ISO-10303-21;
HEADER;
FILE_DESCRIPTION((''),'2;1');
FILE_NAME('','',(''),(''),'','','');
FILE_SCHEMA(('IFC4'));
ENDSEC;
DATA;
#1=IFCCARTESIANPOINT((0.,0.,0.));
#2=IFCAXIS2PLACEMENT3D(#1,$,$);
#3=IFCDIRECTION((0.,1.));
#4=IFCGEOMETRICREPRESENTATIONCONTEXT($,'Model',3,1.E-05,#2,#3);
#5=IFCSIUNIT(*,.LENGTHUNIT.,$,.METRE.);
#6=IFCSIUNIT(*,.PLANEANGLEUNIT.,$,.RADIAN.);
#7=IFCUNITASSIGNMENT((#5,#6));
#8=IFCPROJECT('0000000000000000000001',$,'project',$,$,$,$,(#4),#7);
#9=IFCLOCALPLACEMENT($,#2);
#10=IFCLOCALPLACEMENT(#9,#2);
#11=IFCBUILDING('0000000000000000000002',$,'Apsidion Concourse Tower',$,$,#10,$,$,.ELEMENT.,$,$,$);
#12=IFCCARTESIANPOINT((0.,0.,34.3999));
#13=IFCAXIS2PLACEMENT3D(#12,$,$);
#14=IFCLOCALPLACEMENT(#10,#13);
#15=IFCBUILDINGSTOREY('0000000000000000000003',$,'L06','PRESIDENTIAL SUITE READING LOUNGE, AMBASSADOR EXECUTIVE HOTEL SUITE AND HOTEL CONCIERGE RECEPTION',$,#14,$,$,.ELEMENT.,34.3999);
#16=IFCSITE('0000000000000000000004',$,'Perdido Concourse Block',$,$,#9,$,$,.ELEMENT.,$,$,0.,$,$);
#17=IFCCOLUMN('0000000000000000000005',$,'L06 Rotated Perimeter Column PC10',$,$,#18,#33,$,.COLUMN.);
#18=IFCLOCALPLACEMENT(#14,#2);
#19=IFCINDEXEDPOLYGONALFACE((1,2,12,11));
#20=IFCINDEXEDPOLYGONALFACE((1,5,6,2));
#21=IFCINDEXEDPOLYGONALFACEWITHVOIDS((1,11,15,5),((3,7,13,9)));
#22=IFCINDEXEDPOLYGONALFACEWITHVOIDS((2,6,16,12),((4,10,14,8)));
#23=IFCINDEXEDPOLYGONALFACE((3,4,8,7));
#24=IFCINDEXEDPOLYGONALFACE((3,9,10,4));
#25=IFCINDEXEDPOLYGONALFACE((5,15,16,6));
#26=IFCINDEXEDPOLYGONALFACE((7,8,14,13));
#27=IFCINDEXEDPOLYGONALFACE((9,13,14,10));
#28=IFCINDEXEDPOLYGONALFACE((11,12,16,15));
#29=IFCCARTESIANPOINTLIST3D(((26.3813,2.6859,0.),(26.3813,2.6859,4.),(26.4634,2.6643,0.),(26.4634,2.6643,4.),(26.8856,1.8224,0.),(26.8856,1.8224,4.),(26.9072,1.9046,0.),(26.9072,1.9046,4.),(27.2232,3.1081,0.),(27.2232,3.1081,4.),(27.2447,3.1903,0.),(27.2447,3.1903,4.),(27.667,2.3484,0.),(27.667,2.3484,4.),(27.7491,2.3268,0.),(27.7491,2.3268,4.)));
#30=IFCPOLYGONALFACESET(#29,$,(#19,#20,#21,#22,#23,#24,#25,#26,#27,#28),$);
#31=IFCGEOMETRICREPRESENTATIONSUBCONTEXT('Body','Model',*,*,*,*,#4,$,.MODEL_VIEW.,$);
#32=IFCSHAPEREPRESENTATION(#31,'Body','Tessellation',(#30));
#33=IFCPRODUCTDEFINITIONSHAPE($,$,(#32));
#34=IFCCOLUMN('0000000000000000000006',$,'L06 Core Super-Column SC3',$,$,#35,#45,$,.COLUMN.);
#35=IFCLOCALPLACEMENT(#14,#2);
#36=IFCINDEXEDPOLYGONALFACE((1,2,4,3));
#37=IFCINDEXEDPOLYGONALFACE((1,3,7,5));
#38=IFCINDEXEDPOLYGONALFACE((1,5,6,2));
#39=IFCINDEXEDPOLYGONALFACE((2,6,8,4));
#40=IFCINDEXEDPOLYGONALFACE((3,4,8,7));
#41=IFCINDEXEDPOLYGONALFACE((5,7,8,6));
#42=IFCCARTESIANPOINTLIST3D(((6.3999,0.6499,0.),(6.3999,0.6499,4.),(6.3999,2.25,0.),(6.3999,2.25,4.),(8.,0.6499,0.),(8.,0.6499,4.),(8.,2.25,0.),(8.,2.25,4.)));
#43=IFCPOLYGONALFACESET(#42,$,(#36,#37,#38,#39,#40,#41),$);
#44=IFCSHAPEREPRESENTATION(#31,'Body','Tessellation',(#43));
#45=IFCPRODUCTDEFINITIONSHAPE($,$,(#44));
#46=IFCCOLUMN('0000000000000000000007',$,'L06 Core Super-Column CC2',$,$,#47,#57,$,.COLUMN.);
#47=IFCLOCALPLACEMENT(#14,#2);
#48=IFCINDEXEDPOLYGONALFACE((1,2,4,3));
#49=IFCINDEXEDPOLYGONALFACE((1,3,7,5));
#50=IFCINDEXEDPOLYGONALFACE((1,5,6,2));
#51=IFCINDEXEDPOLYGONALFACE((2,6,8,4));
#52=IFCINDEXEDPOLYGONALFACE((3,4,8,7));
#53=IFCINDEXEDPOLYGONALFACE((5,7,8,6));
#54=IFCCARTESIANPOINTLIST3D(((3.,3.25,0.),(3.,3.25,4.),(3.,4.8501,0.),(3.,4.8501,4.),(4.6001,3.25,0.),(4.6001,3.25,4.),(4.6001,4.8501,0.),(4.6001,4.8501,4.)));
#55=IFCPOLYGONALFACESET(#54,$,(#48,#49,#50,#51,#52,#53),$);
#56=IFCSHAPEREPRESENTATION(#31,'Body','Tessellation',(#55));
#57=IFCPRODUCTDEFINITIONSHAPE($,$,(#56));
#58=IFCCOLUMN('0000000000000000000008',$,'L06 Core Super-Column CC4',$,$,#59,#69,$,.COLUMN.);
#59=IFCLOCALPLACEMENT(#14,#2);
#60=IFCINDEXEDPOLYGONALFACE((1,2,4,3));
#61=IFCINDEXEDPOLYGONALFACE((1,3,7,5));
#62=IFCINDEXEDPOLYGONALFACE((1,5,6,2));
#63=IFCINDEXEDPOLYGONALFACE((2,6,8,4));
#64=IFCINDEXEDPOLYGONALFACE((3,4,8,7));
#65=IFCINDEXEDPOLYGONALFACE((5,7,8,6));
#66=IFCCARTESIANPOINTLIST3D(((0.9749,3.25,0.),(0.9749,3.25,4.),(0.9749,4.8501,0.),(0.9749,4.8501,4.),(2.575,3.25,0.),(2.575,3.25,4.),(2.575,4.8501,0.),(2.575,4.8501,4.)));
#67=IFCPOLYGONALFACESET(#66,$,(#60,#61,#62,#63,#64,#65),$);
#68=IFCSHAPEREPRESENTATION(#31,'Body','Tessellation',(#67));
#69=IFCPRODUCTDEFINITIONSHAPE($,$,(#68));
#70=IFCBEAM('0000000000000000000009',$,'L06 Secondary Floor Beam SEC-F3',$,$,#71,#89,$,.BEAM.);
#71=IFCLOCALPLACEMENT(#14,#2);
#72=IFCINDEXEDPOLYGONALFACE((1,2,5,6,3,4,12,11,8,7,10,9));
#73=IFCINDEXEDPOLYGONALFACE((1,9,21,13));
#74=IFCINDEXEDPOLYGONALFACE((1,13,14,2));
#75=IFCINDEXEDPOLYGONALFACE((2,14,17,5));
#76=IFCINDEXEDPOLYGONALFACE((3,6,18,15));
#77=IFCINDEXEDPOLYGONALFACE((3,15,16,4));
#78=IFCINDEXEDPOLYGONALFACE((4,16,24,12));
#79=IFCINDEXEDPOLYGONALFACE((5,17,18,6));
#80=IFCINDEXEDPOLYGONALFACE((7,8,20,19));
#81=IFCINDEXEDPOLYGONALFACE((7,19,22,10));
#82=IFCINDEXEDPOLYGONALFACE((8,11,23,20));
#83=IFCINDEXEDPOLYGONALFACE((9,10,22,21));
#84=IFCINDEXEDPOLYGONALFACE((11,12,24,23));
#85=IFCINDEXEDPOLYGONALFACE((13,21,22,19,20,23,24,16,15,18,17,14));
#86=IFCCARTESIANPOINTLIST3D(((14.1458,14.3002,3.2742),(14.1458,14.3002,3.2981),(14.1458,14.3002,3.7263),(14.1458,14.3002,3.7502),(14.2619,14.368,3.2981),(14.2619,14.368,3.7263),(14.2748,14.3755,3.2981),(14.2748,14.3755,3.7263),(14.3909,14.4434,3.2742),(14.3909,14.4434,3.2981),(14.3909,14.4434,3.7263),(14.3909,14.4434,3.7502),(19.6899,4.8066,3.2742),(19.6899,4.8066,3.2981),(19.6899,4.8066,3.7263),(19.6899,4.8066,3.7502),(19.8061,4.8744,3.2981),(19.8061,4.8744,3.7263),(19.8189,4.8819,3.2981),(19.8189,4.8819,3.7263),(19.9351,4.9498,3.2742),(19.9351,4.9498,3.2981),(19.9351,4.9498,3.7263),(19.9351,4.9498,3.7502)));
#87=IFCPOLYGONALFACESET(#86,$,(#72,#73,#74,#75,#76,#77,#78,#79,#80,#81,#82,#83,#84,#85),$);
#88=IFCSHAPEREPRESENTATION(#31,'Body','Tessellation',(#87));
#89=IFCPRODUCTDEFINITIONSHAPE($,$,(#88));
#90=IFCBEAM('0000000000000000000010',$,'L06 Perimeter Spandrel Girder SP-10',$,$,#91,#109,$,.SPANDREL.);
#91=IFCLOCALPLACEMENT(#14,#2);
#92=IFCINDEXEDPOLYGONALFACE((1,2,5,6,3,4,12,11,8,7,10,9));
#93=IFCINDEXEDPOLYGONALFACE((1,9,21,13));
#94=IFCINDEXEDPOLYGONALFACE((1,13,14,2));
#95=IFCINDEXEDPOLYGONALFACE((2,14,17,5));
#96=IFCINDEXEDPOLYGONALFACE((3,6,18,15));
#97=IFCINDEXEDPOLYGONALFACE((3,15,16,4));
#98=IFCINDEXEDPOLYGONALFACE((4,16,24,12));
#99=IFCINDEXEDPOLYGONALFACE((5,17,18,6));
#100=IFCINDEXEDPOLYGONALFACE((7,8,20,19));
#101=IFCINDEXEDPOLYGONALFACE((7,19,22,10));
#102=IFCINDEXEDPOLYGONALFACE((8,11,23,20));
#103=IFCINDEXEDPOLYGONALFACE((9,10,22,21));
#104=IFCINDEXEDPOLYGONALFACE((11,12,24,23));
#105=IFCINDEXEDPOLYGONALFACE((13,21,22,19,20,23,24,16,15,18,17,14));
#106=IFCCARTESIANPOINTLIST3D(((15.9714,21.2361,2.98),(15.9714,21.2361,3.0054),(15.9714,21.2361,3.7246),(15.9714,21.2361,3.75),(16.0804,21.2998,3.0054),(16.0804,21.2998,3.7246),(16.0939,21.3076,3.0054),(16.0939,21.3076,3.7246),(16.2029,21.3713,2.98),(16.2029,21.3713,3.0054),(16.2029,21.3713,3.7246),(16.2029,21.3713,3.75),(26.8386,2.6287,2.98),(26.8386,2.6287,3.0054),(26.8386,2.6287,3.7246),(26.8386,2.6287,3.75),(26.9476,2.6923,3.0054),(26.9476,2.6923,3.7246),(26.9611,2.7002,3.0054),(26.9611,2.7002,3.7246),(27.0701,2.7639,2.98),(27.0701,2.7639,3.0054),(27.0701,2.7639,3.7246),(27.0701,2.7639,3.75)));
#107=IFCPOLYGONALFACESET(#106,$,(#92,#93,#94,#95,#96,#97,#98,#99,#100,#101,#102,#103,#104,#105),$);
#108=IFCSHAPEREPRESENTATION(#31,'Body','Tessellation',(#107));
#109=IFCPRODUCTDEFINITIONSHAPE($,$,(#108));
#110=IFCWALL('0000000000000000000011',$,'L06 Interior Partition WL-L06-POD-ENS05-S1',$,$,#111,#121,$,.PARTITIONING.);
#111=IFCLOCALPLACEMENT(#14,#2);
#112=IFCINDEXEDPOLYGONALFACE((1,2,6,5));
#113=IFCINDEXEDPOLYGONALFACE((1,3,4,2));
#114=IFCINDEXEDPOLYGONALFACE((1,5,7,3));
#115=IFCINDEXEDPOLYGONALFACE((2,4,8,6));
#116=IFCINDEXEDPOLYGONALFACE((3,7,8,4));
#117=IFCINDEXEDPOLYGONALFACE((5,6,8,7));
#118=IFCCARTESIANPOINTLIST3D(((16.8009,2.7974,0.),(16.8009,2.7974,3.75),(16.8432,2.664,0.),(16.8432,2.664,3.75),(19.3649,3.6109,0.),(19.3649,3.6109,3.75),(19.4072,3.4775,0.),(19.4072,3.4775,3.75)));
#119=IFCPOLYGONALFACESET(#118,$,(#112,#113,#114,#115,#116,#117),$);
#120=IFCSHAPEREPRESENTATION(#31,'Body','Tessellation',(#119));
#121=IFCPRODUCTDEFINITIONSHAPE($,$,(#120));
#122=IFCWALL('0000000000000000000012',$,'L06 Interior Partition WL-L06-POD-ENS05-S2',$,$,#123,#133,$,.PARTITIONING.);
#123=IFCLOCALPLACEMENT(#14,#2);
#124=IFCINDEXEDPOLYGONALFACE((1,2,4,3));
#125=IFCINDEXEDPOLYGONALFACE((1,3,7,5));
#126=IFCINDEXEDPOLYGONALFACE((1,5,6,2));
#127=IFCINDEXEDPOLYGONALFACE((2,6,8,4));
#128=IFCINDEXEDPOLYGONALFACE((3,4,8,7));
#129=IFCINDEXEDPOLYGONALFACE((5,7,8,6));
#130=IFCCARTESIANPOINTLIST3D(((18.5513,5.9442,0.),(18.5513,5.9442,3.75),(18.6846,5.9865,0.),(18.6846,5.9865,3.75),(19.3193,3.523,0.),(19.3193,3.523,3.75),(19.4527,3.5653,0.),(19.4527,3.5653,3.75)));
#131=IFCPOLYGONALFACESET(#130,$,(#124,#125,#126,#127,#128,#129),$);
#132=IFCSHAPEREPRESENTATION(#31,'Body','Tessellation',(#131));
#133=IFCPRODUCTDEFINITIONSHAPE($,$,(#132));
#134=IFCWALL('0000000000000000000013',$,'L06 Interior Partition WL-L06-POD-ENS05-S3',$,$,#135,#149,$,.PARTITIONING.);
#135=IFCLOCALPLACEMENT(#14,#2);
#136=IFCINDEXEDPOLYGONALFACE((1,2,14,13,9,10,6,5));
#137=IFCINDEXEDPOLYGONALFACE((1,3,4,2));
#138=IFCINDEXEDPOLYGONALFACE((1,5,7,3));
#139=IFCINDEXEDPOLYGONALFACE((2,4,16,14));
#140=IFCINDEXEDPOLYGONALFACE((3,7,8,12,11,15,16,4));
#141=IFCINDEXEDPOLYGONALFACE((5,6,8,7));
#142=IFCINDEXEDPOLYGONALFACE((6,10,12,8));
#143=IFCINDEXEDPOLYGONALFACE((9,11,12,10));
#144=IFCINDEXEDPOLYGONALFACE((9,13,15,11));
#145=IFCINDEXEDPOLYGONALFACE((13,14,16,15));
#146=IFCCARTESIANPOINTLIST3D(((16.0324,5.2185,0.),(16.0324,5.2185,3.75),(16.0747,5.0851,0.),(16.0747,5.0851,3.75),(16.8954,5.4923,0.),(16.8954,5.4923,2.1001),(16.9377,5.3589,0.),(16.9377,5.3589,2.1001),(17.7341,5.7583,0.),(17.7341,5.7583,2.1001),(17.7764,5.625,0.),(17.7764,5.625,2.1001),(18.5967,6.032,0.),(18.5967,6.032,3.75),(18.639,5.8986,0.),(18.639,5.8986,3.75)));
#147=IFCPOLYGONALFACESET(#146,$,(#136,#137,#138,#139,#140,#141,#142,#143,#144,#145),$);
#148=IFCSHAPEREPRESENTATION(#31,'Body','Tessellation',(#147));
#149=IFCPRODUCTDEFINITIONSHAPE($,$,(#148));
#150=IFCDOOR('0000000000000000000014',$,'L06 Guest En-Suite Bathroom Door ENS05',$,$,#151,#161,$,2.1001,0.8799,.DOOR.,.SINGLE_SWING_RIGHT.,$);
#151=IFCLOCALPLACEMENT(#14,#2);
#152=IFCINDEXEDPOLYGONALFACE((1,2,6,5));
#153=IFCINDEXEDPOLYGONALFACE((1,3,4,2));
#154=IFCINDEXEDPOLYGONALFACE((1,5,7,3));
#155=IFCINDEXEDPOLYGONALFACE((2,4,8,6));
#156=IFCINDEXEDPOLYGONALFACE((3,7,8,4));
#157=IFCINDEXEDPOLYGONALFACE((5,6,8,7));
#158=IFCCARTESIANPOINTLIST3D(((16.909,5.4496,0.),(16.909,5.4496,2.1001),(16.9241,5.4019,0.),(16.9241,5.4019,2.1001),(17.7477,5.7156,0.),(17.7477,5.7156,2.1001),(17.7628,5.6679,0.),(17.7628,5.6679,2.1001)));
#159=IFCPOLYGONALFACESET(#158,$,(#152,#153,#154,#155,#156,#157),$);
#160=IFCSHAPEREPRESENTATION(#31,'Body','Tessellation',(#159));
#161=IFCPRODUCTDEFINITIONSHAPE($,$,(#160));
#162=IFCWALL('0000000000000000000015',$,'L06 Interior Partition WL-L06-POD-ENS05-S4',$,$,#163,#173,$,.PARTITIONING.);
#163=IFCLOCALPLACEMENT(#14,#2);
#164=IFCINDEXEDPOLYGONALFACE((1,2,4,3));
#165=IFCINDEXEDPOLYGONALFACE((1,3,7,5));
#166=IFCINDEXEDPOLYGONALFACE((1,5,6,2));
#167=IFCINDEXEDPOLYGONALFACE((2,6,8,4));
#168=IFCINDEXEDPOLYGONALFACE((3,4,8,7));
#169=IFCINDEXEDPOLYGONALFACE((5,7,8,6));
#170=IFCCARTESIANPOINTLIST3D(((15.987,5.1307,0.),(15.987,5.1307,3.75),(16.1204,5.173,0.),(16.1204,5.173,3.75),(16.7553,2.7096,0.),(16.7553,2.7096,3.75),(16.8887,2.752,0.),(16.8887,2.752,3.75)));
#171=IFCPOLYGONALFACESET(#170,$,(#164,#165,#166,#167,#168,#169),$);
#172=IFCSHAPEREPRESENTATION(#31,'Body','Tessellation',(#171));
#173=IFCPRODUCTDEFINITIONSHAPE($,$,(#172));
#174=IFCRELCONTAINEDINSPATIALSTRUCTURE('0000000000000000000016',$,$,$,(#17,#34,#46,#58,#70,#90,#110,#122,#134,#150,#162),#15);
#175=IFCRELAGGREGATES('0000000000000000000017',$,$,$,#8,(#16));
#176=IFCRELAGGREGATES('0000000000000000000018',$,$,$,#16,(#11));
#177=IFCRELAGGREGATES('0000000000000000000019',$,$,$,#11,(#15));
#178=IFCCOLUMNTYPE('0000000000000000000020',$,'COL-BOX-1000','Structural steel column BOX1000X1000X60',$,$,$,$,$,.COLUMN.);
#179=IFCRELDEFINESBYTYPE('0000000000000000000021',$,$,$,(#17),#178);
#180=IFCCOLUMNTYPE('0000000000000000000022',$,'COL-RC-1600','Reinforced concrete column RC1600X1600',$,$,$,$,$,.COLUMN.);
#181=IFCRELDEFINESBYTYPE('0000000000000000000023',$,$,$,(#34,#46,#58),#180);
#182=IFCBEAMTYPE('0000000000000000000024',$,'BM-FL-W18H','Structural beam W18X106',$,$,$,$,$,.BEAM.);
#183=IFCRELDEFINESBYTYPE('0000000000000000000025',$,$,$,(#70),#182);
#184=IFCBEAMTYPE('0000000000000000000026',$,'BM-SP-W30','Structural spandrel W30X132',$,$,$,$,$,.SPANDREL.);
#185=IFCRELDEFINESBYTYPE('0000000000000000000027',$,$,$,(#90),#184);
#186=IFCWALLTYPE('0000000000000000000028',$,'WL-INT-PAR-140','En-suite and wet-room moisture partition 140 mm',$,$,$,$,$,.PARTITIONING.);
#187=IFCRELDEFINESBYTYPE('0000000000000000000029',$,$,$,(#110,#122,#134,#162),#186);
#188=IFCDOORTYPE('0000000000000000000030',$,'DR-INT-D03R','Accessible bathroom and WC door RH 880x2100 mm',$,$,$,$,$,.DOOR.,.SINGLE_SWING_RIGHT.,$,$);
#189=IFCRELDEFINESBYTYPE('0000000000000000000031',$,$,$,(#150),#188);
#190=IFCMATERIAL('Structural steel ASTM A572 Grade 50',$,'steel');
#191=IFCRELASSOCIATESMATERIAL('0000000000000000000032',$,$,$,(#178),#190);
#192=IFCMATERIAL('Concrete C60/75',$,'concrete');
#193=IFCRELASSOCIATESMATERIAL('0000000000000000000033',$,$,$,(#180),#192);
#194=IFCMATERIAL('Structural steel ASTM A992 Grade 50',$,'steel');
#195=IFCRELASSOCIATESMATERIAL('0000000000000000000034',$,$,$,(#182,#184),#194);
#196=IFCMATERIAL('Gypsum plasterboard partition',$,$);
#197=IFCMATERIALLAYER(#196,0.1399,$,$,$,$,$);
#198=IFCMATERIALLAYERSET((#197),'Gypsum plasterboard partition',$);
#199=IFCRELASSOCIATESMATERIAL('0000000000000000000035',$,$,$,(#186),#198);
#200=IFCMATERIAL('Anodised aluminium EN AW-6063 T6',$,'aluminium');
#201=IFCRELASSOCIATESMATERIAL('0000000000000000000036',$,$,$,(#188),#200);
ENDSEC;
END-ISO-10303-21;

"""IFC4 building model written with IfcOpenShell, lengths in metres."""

from ifc_helpers import new_model, si_unit, direction, frame, frame_2d, origin, origin_2d, place, context, subcontext, project, spatial, rectangle, hollow_rectangle, i_section, extrude, material, layer, layer_set, material_profile, profile_set, type_object, element, fill, save


model = new_model("IFC4")

# Units and contexts
model_context = context("Model", 3, precision=1e-05, world=origin(), true_north=direction((0.0, 1.0)))
body_context = subcontext(model_context, "Body", "Model", "MODEL_VIEW")
ifc_project = project(units=[si_unit("LENGTHUNIT", "METRE"), si_unit("PLANEANGLEUNIT", "RADIAN")], contexts=[model_context])

# Site, building, storey
site_placement = place(None, origin())
site = spatial("IfcSite", under=ifc_project, at=site_placement, Name="Perdido Concourse Block", CompositionType="ELEMENT", RefElevation=0.0)
building_placement = place(site_placement, origin())
building = spatial("IfcBuilding", under=site, at=building_placement, Name="Apsidion Concourse Tower", CompositionType="ELEMENT")
storey_placement = place(building_placement, frame((0.0, 0.0, 34.3999)))
storey = spatial("IfcBuildingStorey", under=building, at=storey_placement, Name="L06", Description="PRESIDENTIAL SUITE READING LOUNGE, AMBASSADOR EXECUTIVE HOTEL SUITE AND HOTEL CONCIERGE RECEPTION", CompositionType="ELEMENT", Elevation=34.3999)

# Columns
ifc_material_1 = material(Name="Structural steel ASTM A572 Grade 50", Category="steel")
ifc_material_profile_1 = material_profile(ifc_material_1, hollow_rectangle(XDim=1.0, YDim=1.0, WallThickness=0.0601, at=origin_2d()), Name="BOX1000X1000X60")
ifc_profile_set_1 = profile_set([ifc_material_profile_1], Name="Structural steel ASTM A572 Grade 50")
column_type_1 = type_object("IfcColumnType", Name="COL-BOX-1000", Description="Structural steel column BOX1000X1000X60", PredefinedType="COLUMN", material=ifc_profile_set_1)
column_placement = place(storey_placement, frame((27.0652, 2.5063, 0.0), z_axis=(0.0, 0.0, 1.0), x_axis=(-0.504377, 0.863484, 0.0)))
element("IfcColumn", 1, at=column_placement, inside=storey, type_object=column_type_1, Name="L06 Rotated Perimeter Column PC10", PredefinedType="COLUMN", context=body_context, shape_type="SweptSolid", body=[
    extrude(hollow_rectangle(XDim=1.0, YDim=1.0, WallThickness=0.0601, at=origin_2d()), origin(), (0.0, 0.0, 1.0), 4.0),
])
ifc_material_2 = material(Name="Concrete C60/75", Category="concrete")
ifc_material_profile_2 = material_profile(ifc_material_2, rectangle(XDim=1.6001, YDim=1.6001, at=origin_2d()), Name="RC 1600x1600")
ifc_profile_set_2 = profile_set([ifc_material_profile_2], Name="Concrete C60/75")
column_type_2 = type_object("IfcColumnType", Name="COL-RC-1600", Description="Reinforced concrete column RC1600X1600", PredefinedType="COLUMN", material=ifc_profile_set_2)
for number, where, z_axis, x_axis, name in (
    (2, (7.2, 1.45, 0.0), (0.0, 0.0, 1.0), (1.0, 0.0, 0.0), "L06 Core Super-Column SC3"),
    (3, (3.8, 4.05, 0.0), (0.0, 0.0, 1.0), (1.0, 0.0, 0.0), "L06 Core Super-Column CC2"),
    (4, (1.7749, 4.05, 0.0), (0.0, 0.0, 1.0), (1.0, 0.0, 0.0), "L06 Core Super-Column CC4"),
):
    element("IfcColumn", number, at=place(storey_placement, frame(where, z_axis=z_axis, x_axis=x_axis)), inside=storey, type_object=column_type_2, Name=name, PredefinedType="COLUMN", context=body_context, shape_type="SweptSolid", body=[
        extrude(rectangle(XDim=1.6001, YDim=1.6001, at=origin_2d()), origin(), (0.0, 0.0, 1.0), 4.0),
    ])

# Beams
ifc_material_3 = material(Name="Structural steel ASTM A992 Grade 50", Category="steel")
ifc_material_profile_3 = material_profile(ifc_material_3, i_section(OverallWidth=0.2839, OverallDepth=0.4761, WebThickness=0.0149, FlangeThickness=0.0239, at=origin_2d()), Name="W18X106")
ifc_profile_set_3 = profile_set([ifc_material_profile_3], Name="Structural steel ASTM A992 Grade 50")
beam_type_1 = type_object("IfcBeamType", Name="BM-FL-W18H", Description="Structural beam W18X106", PredefinedType="BEAM", material=ifc_profile_set_3)
beam_1_placement = place(storey_placement, frame((19.8125, 4.8782, 3.5122), z_axis=(-0.504293, 0.863532, 0.0), x_axis=(-0.863532, -0.504293, 0.0)))
element("IfcBeam", 5, at=beam_1_placement, inside=storey, type_object=beam_type_1, Name="L06 Secondary Floor Beam SEC-F3", PredefinedType="BEAM", context=body_context, shape_type="SweptSolid", body=[
    extrude(i_section(OverallWidth=0.2839, OverallDepth=0.4761, WebThickness=0.0149, FlangeThickness=0.0239, at=origin_2d()), origin(), (0.0, 0.0, 1.0), 10.9939),
])
ifc_material_profile_4 = material_profile(ifc_material_3, i_section(OverallWidth=0.2681, OverallDepth=0.77, WebThickness=0.0156, FlangeThickness=0.0254, at=origin_2d()), Name="W30X132")
ifc_profile_set_4 = profile_set([ifc_material_profile_4], Name="Structural steel ASTM A992 Grade 50")
beam_type_2 = type_object("IfcBeamType", Name="BM-SP-W30", Description="Structural spandrel W30X132", PredefinedType="SPANDREL", material=ifc_profile_set_4)
beam_2_placement = place(storey_placement, frame((26.9543, 2.6963, 3.365), z_axis=(-0.504316, 0.863519, 0.0), x_axis=(-0.863519, -0.504316, 0.0)))
element("IfcBeam", 6, at=beam_2_placement, inside=storey, type_object=beam_type_2, Name="L06 Perimeter Spandrel Girder SP-10", PredefinedType="SPANDREL", context=body_context, shape_type="SweptSolid", body=[
    extrude(i_section(OverallWidth=0.2681, OverallDepth=0.77, WebThickness=0.0156, FlangeThickness=0.0254, at=origin_2d()), origin(), (0.0, 0.0, 1.0), 21.5483),
])

# Walls
ifc_material_4 = material(Name="Gypsum plasterboard partition")
ifc_layer_1 = layer(ifc_material_4, 0.1399)
ifc_layer_set_1 = layer_set([ifc_layer_1], Name="Gypsum plasterboard partition")
wall_type_1 = type_object("IfcWallType", Name="WL-INT-PAR-140", Description="En-suite and wet-room moisture partition 140 mm", PredefinedType="PARTITIONING", material=ifc_layer_set_1)
wall_1_placement = place(storey_placement, frame((16.822, 2.7307, 0.0), z_axis=(0.0, 0.0, 1.0), x_axis=(0.953176, 0.302417, 0.0)))
element("IfcWall", 7, at=wall_1_placement, inside=storey, type_object=wall_type_1, Name="L06 Interior Partition WL-L06-POD-ENS05-S1", PredefinedType="PARTITIONING", context=body_context, shape_type="SweptSolid", body=[
    extrude(rectangle(XDim=2.6899, YDim=0.1399, at=frame_2d((1.345, 0.0))), origin(), (0.0, 0.0, 1.0), 3.75),
])
wall_2_placement = place(storey_placement, frame((19.386, 3.5442, 0.0), z_axis=(0.0, 0.0, 1.0), x_axis=(-0.302382, 0.953187, 0.0)))
element("IfcWall", 8, at=wall_2_placement, inside=storey, type_object=wall_type_1, Name="L06 Interior Partition WL-L06-POD-ENS05-S2", PredefinedType="PARTITIONING", context=body_context, shape_type="SweptSolid", body=[
    extrude(rectangle(XDim=2.54, YDim=0.1399, at=frame_2d((1.27, 0.0))), origin(), (0.0, 0.0, 1.0), 3.75),
])

# Wall, opening, door
wall_3_placement = place(storey_placement, frame((18.6179, 5.9653, 0.0), z_axis=(0.0, 0.0, 1.0), x_axis=(-0.953184, -0.302391, 0.0)))
wall_3 = element("IfcWall", 9, at=wall_3_placement, inside=storey, type_object=wall_type_1, Name="L06 Interior Partition WL-L06-POD-ENS05-S3", PredefinedType="PARTITIONING", context=body_context, shape_type="SweptSolid", body=[
    extrude(rectangle(XDim=2.6902, YDim=0.1399, at=frame_2d((1.3452, 0.0))), origin(), (0.0, 0.0, 1.0), 3.75),
])
opening_placement = place(wall_3_placement, frame((0.905, 0.0, 0.0)))
opening = element("IfcOpeningElement", 10, at=opening_placement, cuts=wall_3, PredefinedType="OPENING", context=body_context, shape_type="SweptSolid", body=[
    extrude(rectangle(XDim=0.8799, YDim=2.1001, at=frame_2d((0.4399, 1.05))), frame((0.0, 0.0801, 0.0), z_axis=(0.0, -1.0, 0.0), x_axis=(1.0, 0.0, 0.0)), (0.0, 0.0, 1.0), 0.1599),
])
ifc_material_5 = material(Name="Anodised aluminium EN AW-6063 T6", Category="aluminium")
door_type = type_object("IfcDoorType", Name="DR-INT-D03R", Description="Accessible bathroom and WC door RH 880x2100 mm", OperationType="SINGLE_SWING_RIGHT", PredefinedType="DOOR", material=ifc_material_5)
door_placement = place(opening_placement, origin())
door = element("IfcDoor", 11, at=door_placement, inside=storey, type_object=door_type, Name="L06 Guest En-Suite Bathroom Door ENS05", OperationType="SINGLE_SWING_RIGHT", OverallHeight=2.1001, OverallWidth=0.8799, PredefinedType="DOOR", context=body_context, shape_type="SweptSolid", body=[
    extrude(rectangle(XDim=0.8799, YDim=2.1001, at=frame_2d((0.4399, 1.05))), frame((0.0, 0.0249, 0.0), z_axis=(0.0, -1.0, 0.0), x_axis=(1.0, 0.0, 0.0)), (0.0, 0.0, 1.0), 0.05),
])
fill(opening, door)

# Wall
wall_4_placement = place(storey_placement, frame((16.0537, 5.1519, 0.0), z_axis=(0.0, 0.0, 1.0), x_axis=(0.30247, -0.953159, 0.0)))
element("IfcWall", 12, at=wall_4_placement, inside=storey, type_object=wall_type_1, Name="L06 Interior Partition WL-L06-POD-ENS05-S4", PredefinedType="PARTITIONING", context=body_context, shape_type="SweptSolid", body=[
    extrude(rectangle(XDim=2.54, YDim=0.1399, at=frame_2d((1.27, 0.0))), origin(), (0.0, 0.0, 1.0), 3.75),
])

save(model, "model.ifc")
